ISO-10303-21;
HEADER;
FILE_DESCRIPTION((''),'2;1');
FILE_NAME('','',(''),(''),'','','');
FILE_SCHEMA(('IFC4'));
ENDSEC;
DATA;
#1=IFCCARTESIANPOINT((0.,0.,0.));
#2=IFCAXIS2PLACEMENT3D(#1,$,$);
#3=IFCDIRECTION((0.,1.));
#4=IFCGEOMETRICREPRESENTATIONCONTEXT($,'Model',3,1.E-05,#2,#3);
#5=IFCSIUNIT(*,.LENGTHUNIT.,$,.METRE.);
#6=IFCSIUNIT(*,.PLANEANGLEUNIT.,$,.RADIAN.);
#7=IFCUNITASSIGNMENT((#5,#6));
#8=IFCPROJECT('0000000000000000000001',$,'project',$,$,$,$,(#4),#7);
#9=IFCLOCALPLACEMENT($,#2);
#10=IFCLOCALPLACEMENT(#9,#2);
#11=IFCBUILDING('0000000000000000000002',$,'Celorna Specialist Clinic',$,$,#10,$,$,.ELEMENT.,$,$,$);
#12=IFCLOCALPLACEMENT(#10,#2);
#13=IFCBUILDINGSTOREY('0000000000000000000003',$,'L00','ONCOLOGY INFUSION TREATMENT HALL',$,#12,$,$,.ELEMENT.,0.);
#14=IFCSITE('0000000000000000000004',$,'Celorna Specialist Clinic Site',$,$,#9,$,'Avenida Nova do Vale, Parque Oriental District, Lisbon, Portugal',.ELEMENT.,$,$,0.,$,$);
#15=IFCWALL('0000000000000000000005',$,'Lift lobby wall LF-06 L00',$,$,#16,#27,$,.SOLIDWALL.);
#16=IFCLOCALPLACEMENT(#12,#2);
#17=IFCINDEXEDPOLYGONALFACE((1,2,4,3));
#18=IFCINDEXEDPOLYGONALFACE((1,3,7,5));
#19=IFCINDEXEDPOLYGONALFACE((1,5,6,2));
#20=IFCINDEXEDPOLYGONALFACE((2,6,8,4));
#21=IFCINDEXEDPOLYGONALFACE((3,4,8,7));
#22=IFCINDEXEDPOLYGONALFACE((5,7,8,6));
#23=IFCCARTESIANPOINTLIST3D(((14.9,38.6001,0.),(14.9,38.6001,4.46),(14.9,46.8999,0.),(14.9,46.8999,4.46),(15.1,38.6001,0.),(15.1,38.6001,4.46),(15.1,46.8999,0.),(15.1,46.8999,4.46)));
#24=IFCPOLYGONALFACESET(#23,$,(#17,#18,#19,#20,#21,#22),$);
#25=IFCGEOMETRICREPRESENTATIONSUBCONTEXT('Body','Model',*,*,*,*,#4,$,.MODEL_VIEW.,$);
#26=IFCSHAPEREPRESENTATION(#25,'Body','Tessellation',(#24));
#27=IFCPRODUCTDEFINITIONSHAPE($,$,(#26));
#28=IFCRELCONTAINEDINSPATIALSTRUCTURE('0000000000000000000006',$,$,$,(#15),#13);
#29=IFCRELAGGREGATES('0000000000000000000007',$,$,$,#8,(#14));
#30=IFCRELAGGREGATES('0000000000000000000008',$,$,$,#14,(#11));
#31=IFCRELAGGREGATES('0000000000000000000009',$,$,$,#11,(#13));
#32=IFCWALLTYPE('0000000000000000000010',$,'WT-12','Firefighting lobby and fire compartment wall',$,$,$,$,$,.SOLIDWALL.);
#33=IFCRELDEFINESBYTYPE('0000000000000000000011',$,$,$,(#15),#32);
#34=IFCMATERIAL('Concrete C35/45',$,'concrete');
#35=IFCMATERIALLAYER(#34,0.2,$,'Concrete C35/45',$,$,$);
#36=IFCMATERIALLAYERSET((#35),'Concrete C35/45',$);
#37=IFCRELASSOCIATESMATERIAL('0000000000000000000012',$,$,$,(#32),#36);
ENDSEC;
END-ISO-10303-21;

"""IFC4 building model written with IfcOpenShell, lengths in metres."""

from ifc_helpers import new_model, si_unit, direction, frame, frame_2d, origin, place, context, subcontext, project, spatial, rectangle, extrude, material, layer, layer_set, type_object, element, save


model = new_model("IFC4")

# Units and contexts
model_context = context("Model", 3, precision=1e-05, world=origin(), true_north=direction((0.0, 1.0)))
body_context = subcontext(model_context, "Body", "Model", "MODEL_VIEW")
ifc_project = project(units=[si_unit("LENGTHUNIT", "METRE"), si_unit("PLANEANGLEUNIT", "RADIAN")], contexts=[model_context])

# Site, building, storey
site_placement = place(None, origin())
site = spatial("IfcSite", under=ifc_project, at=site_placement, Name="Celorna Specialist Clinic Site", LongName="Avenida Nova do Vale, Parque Oriental District, Lisbon, Portugal", CompositionType="ELEMENT", RefElevation=0.0)
building_placement = place(site_placement, origin())
building = spatial("IfcBuilding", under=site, at=building_placement, Name="Celorna Specialist Clinic", CompositionType="ELEMENT")
storey_placement = place(building_placement, origin())
storey = spatial("IfcBuildingStorey", under=building, at=storey_placement, Name="L00", Description="ONCOLOGY INFUSION TREATMENT HALL", CompositionType="ELEMENT", Elevation=0.0)

# Shared definitions
ifc_material_1 = material(Name="Concrete C35/45", Category="concrete")

# Shared definitions
ifc_layer_1 = layer(ifc_material_1, 0.2, Name="Concrete C35/45")
ifc_layer_set_1 = layer_set([ifc_layer_1], Name="Concrete C35/45")
wall_type_1 = type_object("IfcWallType", Name="WT-12", Description="Firefighting lobby and fire compartment wall", PredefinedType="SOLIDWALL", material=ifc_layer_set_1)

# Wall
for number, where, z_axis, x_axis, name in (
    (1, (15.0, 38.6001, 0.0), (0.0, 0.0, 1.0), (0.0, 1.0, 0.0), "Lift lobby wall LF-06 L00"),
):
    element("IfcWall", number, at=place(storey_placement, frame(where, z_axis=z_axis, x_axis=x_axis)), inside=storey, type_object=wall_type_1, Name=name, PredefinedType="SOLIDWALL", context=body_context, shape_type="SweptSolid", body=[
        extrude(rectangle(XDim=8.2998, YDim=0.2, at=frame_2d((4.1499, 0.0))), origin(), (0.0, 0.0, 1.0), 4.46),
    ])

save(model, "model.ifc")
